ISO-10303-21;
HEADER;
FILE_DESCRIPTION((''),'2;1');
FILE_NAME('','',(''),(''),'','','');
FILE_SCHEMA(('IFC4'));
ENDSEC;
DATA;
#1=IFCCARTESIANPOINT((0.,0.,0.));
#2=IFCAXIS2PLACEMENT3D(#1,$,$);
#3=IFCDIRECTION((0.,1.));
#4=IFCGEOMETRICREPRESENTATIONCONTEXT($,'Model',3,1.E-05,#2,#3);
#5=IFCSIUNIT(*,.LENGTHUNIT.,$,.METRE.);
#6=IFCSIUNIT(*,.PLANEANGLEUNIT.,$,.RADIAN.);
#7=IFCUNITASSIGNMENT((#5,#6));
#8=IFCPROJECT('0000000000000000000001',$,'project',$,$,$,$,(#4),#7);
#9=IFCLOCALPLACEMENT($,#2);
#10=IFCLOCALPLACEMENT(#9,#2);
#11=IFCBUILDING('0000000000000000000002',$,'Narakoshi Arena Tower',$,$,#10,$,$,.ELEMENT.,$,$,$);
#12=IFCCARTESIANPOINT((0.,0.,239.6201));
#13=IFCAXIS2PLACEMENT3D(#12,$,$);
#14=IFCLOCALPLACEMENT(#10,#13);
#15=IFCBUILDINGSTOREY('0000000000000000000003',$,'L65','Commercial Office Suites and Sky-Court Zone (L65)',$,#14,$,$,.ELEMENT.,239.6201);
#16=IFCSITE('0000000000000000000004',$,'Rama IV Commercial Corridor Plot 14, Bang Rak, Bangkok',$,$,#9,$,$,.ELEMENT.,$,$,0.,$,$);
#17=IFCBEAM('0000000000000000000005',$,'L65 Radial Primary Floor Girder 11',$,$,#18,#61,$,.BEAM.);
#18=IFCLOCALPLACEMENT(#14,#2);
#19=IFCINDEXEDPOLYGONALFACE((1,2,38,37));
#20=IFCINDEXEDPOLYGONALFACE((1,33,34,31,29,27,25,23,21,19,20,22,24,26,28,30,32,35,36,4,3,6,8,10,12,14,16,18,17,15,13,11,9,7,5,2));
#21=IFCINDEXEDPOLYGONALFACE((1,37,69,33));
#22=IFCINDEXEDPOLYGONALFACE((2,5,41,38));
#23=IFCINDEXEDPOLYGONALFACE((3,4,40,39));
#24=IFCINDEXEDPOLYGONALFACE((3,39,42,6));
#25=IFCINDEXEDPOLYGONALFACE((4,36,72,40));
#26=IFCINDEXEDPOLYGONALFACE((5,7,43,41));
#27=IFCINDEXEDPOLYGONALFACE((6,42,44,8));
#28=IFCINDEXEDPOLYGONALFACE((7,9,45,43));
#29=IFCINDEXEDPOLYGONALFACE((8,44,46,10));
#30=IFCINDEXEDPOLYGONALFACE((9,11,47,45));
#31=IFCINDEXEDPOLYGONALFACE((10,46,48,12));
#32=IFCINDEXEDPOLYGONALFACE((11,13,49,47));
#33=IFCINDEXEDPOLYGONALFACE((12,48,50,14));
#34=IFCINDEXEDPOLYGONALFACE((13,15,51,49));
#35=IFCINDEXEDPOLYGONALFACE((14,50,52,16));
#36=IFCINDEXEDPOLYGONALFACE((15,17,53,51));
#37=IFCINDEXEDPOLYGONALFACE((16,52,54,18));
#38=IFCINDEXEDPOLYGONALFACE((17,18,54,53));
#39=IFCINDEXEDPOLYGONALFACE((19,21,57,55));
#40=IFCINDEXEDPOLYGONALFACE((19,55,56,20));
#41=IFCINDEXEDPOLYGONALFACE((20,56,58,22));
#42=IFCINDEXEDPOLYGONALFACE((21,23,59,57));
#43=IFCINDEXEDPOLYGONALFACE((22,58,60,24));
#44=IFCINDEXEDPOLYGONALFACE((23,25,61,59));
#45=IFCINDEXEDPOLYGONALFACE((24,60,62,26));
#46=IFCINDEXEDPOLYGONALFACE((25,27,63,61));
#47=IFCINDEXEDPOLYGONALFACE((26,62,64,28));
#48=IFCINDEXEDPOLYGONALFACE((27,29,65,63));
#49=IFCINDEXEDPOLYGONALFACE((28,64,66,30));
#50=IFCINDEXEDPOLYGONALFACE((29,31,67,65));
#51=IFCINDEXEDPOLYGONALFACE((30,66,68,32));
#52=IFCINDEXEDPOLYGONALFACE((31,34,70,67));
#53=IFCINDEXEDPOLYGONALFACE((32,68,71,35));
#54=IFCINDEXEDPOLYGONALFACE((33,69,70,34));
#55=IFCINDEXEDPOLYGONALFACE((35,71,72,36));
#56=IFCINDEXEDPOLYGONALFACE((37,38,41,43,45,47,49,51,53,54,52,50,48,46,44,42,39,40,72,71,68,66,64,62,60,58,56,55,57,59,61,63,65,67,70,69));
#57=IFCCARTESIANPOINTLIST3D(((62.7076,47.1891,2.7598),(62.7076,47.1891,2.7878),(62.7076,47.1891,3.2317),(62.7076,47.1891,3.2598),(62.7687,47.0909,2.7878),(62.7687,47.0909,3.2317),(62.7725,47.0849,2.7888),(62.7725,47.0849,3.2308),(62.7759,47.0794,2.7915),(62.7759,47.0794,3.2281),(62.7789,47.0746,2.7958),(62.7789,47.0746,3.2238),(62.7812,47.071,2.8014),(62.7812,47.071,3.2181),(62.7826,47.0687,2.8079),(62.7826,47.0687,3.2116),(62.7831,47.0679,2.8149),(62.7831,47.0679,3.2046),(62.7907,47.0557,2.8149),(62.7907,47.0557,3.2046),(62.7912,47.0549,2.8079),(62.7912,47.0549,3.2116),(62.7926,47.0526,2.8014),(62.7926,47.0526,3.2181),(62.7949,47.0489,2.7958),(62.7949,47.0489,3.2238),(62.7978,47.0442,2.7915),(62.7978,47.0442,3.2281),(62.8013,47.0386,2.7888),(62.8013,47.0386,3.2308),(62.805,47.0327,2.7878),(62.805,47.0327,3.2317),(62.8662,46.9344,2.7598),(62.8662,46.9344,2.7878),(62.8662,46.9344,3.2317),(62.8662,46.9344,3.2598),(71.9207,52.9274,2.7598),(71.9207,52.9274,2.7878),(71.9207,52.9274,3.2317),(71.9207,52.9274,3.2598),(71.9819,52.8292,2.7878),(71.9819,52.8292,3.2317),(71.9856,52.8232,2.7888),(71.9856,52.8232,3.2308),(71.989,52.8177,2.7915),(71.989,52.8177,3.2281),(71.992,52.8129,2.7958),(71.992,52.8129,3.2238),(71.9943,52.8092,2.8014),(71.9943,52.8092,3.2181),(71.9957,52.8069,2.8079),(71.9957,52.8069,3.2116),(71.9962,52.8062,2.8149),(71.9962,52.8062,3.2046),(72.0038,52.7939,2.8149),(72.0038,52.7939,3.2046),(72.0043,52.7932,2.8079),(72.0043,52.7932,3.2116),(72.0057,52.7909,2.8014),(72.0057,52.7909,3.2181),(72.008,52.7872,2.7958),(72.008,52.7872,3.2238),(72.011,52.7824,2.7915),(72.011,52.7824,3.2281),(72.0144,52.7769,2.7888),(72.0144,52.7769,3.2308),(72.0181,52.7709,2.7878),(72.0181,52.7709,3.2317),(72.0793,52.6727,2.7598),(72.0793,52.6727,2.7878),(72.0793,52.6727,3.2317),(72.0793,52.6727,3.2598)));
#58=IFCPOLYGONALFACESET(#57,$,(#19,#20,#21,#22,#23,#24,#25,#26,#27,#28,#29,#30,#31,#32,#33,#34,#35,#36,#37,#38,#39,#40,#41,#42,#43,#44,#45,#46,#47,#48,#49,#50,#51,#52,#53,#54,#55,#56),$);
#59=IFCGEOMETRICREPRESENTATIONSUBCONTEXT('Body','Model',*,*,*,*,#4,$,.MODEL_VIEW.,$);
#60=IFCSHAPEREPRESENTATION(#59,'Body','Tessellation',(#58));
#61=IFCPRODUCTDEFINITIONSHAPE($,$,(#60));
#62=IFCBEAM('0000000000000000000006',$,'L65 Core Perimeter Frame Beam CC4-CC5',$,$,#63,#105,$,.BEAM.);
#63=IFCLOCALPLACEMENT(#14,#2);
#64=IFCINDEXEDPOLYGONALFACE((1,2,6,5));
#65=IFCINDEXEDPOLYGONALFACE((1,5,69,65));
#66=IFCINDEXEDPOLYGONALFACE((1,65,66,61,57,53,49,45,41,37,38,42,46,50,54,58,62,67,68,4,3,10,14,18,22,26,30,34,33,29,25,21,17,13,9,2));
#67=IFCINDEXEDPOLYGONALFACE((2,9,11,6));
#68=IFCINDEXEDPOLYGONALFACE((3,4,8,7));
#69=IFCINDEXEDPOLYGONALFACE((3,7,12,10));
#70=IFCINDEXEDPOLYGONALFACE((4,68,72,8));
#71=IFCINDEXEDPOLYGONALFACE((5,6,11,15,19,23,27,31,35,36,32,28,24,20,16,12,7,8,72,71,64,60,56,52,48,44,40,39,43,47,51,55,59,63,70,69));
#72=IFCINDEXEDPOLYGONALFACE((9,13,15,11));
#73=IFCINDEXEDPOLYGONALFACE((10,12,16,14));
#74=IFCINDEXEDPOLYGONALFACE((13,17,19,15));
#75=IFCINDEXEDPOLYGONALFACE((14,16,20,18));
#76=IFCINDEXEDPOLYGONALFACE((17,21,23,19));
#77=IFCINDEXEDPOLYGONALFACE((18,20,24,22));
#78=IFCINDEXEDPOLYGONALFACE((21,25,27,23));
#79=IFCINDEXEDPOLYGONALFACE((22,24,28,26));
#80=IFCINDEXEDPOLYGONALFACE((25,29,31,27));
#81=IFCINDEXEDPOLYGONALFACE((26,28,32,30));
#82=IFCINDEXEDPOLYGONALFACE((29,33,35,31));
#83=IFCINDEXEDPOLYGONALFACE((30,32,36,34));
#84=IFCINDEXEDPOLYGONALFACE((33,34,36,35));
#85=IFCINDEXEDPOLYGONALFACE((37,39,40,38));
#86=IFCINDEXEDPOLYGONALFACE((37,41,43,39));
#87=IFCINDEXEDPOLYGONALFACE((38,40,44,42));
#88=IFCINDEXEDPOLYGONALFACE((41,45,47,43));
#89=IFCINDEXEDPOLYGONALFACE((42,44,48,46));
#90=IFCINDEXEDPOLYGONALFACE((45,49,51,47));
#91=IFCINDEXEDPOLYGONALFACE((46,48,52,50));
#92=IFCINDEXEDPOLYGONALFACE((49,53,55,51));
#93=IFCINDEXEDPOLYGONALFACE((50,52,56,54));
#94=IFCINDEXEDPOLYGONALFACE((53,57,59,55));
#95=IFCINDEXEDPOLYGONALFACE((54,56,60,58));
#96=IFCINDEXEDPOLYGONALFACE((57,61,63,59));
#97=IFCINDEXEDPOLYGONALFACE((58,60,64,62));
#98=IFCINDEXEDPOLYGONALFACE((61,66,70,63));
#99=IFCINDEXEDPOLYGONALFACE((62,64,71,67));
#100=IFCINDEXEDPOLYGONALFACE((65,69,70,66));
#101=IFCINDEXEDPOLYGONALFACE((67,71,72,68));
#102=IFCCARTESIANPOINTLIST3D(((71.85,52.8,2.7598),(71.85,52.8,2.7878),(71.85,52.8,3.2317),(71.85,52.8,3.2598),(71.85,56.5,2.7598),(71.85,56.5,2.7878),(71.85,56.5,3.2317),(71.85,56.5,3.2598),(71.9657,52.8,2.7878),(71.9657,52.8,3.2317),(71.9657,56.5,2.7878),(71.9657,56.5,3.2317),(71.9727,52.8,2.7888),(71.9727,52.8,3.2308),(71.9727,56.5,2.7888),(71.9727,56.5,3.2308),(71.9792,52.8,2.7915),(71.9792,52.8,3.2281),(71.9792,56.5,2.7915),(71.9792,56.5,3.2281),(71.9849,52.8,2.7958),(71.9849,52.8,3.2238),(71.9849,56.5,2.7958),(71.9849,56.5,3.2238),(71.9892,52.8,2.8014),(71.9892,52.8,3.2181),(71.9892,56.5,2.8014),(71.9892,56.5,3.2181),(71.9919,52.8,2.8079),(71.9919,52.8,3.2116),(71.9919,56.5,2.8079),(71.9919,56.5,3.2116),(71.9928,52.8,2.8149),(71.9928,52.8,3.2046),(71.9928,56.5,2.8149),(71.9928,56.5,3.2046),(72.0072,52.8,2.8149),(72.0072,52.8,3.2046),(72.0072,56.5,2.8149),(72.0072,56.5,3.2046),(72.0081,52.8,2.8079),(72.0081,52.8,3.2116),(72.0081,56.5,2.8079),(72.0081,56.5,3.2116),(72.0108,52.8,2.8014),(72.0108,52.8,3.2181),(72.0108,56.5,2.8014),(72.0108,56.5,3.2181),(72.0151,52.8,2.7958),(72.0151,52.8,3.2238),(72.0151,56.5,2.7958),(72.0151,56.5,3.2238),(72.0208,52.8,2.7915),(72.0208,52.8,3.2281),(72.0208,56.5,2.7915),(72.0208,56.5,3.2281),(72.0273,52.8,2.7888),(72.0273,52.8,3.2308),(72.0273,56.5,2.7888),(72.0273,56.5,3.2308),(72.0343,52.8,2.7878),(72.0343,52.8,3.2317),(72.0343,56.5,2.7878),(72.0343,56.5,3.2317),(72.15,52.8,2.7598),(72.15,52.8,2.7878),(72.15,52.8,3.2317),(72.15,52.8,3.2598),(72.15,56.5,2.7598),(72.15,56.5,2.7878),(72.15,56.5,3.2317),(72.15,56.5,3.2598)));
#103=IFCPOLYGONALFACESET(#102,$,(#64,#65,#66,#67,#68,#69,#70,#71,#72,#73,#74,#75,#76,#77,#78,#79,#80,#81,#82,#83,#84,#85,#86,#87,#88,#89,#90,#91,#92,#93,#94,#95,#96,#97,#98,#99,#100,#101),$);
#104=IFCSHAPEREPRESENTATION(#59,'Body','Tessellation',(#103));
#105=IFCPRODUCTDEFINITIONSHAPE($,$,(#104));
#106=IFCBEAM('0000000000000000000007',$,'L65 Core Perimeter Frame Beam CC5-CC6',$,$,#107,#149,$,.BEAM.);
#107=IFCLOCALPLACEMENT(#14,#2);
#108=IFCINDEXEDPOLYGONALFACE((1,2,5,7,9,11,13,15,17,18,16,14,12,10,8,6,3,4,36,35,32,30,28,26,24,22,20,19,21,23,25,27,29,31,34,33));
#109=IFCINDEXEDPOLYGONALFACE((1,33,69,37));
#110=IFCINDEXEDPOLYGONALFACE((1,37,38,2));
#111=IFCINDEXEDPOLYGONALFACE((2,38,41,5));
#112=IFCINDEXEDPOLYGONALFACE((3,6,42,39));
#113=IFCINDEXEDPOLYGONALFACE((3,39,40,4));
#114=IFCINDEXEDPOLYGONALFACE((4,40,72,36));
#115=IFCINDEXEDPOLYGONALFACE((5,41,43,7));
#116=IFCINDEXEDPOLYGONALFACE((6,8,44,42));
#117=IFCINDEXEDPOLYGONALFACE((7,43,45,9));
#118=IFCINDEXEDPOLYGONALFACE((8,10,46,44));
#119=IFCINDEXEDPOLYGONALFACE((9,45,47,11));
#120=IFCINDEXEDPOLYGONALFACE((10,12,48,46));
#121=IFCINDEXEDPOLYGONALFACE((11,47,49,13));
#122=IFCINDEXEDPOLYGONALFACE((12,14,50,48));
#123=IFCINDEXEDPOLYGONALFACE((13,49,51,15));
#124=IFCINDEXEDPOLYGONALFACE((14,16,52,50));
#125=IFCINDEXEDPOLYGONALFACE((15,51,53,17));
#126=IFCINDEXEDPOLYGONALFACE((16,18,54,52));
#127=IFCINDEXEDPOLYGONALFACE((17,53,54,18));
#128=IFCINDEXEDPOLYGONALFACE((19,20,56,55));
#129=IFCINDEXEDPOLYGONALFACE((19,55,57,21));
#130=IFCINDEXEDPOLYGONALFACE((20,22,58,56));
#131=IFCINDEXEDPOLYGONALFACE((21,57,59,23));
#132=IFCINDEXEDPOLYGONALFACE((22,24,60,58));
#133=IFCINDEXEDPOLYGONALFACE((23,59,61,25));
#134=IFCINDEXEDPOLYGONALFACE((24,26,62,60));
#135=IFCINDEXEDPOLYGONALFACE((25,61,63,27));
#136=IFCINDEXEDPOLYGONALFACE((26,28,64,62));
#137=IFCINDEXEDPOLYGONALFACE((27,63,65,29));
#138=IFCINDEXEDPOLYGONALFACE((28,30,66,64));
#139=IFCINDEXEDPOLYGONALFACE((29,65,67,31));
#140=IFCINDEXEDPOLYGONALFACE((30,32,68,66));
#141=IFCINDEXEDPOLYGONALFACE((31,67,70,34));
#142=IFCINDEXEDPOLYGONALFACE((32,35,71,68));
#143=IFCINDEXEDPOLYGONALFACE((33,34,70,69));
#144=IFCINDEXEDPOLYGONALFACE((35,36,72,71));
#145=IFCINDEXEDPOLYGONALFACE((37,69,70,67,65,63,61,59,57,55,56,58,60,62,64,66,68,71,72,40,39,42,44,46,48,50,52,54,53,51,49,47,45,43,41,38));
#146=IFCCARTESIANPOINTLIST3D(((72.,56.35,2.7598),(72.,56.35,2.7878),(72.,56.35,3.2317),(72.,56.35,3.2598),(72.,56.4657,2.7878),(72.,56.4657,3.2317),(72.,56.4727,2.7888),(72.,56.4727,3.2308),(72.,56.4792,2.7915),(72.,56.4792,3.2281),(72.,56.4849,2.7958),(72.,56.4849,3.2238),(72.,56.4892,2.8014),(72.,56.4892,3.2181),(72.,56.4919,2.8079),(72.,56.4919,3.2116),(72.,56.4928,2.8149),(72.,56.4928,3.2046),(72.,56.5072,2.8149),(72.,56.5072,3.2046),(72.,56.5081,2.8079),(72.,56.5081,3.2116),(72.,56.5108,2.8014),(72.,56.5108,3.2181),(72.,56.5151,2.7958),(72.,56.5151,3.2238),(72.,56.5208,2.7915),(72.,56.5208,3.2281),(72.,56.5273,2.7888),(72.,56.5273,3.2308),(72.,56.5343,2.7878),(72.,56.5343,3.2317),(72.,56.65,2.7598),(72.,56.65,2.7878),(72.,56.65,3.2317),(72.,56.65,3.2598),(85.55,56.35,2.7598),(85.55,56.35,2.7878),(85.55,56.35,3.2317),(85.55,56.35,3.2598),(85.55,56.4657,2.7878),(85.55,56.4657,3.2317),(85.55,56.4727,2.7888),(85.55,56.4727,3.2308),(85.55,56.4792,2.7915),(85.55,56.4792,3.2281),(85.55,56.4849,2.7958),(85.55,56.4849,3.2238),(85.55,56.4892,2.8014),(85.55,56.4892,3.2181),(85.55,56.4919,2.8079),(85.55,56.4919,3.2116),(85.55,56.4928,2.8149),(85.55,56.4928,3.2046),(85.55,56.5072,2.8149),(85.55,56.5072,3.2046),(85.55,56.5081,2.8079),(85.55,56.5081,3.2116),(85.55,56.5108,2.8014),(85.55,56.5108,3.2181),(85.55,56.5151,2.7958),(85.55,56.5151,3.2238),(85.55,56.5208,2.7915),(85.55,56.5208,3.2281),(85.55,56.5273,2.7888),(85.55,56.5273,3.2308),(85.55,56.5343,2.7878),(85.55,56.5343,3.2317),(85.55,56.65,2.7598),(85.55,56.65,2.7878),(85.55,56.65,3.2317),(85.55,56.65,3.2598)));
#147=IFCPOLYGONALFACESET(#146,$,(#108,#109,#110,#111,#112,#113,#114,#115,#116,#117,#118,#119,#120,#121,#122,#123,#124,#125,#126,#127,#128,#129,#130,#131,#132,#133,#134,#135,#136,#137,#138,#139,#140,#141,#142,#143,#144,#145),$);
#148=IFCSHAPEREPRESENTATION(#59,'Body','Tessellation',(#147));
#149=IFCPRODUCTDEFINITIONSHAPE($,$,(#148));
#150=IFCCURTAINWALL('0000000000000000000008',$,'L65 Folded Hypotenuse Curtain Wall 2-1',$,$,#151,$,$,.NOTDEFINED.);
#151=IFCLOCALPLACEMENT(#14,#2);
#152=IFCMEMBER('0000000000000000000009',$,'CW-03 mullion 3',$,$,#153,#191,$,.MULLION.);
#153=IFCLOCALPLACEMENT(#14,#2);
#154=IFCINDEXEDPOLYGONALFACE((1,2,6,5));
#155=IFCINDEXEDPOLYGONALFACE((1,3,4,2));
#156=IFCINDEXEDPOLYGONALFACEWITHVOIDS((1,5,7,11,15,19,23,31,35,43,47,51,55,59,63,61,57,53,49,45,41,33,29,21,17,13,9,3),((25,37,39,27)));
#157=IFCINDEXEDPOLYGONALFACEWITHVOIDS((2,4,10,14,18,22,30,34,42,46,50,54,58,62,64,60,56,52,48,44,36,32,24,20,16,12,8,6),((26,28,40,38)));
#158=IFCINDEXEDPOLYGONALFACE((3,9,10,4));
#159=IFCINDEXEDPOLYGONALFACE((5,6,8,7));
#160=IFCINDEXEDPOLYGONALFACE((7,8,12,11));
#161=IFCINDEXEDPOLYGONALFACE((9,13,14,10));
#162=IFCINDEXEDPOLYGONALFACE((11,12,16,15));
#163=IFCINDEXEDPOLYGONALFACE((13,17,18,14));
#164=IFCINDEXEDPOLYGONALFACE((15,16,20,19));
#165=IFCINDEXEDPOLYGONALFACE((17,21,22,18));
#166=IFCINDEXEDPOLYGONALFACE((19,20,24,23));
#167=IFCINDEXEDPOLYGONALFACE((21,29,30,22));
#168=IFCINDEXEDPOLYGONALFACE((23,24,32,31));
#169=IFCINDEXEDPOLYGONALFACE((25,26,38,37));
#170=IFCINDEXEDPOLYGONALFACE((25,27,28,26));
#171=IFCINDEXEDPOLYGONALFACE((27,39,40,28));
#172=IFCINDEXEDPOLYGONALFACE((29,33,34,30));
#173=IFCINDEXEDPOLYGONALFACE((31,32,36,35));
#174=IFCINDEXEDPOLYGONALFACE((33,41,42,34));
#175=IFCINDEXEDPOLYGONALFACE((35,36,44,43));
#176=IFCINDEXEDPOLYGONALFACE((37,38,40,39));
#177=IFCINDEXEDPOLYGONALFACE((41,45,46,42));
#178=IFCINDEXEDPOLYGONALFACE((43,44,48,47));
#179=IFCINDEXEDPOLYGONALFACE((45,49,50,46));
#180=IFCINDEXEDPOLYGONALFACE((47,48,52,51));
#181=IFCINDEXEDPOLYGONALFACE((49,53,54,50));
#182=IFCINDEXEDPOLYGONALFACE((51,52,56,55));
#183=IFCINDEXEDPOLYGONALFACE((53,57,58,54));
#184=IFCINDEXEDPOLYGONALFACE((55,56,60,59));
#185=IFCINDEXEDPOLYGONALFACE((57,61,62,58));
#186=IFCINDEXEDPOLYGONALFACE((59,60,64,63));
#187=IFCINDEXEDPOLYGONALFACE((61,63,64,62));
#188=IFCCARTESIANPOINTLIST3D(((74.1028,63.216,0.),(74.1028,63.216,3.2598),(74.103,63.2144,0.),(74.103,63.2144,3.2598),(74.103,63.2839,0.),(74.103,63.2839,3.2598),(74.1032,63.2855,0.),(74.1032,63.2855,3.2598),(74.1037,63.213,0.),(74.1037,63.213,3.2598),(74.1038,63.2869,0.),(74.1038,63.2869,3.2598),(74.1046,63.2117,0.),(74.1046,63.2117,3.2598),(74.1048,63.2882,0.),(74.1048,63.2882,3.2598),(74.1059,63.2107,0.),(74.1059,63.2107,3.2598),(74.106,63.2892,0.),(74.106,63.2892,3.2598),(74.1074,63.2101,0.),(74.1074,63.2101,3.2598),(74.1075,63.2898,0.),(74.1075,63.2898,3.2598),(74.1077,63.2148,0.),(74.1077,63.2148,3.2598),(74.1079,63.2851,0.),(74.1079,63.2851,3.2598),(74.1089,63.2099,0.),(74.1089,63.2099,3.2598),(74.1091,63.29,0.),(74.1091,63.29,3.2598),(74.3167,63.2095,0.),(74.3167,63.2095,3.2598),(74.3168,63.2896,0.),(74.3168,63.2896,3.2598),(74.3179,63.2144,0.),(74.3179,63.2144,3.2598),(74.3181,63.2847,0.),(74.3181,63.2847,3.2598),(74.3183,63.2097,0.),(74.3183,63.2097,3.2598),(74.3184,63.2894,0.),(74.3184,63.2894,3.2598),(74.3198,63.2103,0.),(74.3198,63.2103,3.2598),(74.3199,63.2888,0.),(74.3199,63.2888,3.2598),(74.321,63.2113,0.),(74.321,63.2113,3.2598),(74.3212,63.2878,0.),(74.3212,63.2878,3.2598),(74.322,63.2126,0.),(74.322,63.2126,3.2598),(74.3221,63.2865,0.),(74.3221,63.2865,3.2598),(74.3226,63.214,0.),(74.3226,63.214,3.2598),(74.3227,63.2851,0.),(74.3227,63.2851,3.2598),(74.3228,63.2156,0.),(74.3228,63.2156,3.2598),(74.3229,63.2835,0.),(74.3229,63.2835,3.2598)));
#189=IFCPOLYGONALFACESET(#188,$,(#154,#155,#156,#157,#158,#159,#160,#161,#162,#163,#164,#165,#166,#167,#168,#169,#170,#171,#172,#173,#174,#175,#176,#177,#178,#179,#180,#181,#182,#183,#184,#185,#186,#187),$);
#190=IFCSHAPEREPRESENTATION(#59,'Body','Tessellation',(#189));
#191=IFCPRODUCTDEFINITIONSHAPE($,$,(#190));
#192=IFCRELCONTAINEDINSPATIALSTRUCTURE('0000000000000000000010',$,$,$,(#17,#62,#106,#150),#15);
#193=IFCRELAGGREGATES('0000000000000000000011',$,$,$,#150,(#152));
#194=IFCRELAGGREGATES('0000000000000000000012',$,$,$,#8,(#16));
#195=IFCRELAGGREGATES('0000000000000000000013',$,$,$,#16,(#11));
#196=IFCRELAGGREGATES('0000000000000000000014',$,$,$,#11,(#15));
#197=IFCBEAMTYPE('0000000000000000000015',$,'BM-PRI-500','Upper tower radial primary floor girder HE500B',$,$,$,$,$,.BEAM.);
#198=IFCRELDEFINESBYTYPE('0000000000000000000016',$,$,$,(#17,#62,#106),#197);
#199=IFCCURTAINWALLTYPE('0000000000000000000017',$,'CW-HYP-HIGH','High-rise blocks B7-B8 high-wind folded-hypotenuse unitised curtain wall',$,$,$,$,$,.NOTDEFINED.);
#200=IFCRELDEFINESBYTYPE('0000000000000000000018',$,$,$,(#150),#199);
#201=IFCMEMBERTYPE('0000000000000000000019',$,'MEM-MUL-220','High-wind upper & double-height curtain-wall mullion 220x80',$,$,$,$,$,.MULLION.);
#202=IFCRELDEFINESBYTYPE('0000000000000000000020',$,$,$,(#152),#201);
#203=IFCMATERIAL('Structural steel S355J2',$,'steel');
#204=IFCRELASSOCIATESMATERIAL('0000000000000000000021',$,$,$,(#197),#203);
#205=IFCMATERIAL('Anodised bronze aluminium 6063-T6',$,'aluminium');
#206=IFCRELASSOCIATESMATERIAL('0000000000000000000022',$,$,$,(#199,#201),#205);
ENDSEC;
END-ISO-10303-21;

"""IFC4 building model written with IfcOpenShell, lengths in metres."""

from ifc_helpers import new_model, si_unit, direction, frame, origin, origin_2d, place, context, subcontext, project, spatial, hollow_rectangle, i_section, extrude, material, material_profile, profile_set, type_object, element, aggregate, save


model = new_model("IFC4")

# Units and contexts
model_context = context("Model", 3, precision=1e-05, world=origin(), true_north=direction((0.0, 1.0)))
body_context = subcontext(model_context, "Body", "Model", "MODEL_VIEW")
ifc_project = project(units=[si_unit("LENGTHUNIT", "METRE"), si_unit("PLANEANGLEUNIT", "RADIAN")], contexts=[model_context])

# Site, building, storey
site_placement = place(None, origin())
site = spatial("IfcSite", under=ifc_project, at=site_placement, Name="Rama IV Commercial Corridor Plot 14, Bang Rak, Bangkok", CompositionType="ELEMENT", RefElevation=0.0)
building_placement = place(site_placement, origin())
building = spatial("IfcBuilding", under=site, at=building_placement, Name="Narakoshi Arena Tower", CompositionType="ELEMENT")
storey_placement = place(building_placement, frame((0.0, 0.0, 239.6201)))
storey = spatial("IfcBuildingStorey", under=building, at=storey_placement, Name="L65", Description="Commercial Office Suites and Sky-Court Zone (L65)", CompositionType="ELEMENT", Elevation=239.6201)

# Beams
ifc_material_1 = material(Name="Structural steel S355J2", Category="steel")
ifc_material_profile_1 = material_profile(ifc_material_1, i_section(OverallWidth=0.3, OverallDepth=0.5, WebThickness=0.0144, FlangeThickness=0.0281, FilletRadius=0.0271, at=origin_2d()), Name="HE500B")
ifc_profile_set_1 = profile_set([ifc_material_profile_1], Name="Structural steel S355J2")
beam_type = type_object("IfcBeamType", Name="BM-PRI-500", Description="Upper tower radial primary floor girder HE500B", PredefinedType="BEAM", material=ifc_profile_set_1)
beam_1_placement = place(storey_placement, frame((72.0, 52.8, 3.0098), z_axis=(-0.848822, -0.528678, 0.0), x_axis=(0.528678, -0.848822, 0.0)))
element("IfcBeam", 1, at=beam_1_placement, inside=storey, type_object=beam_type, Name="L65 Radial Primary Floor Girder 11", PredefinedType="BEAM", context=body_context, shape_type="SweptSolid", body=[
    extrude(i_section(OverallWidth=0.3, OverallDepth=0.5, WebThickness=0.0144, FlangeThickness=0.0281, FilletRadius=0.0271, at=origin_2d()), origin(), (0.0, 0.0, 1.0), 10.854),
])
beam_2_placement = place(storey_placement, frame((72.0, 52.8, 3.0098), z_axis=(0.0, 1.0, 0.0), x_axis=(-1.0, 0.0, 0.0)))
element("IfcBeam", 2, at=beam_2_placement, inside=storey, type_object=beam_type, Name="L65 Core Perimeter Frame Beam CC4-CC5", PredefinedType="BEAM", context=body_context, shape_type="SweptSolid", body=[
    extrude(i_section(OverallWidth=0.3, OverallDepth=0.5, WebThickness=0.0144, FlangeThickness=0.0281, FilletRadius=0.0271, at=origin_2d()), origin(), (0.0, 0.0, 1.0), 3.7),
])
beam_3_placement = place(storey_placement, frame((72.0, 56.5, 3.0098), z_axis=(1.0, 0.0, 0.0), x_axis=(0.0, 1.0, 0.0)))
element("IfcBeam", 3, at=beam_3_placement, inside=storey, type_object=beam_type, Name="L65 Core Perimeter Frame Beam CC5-CC6", PredefinedType="BEAM", context=body_context, shape_type="SweptSolid", body=[
    extrude(i_section(OverallWidth=0.3, OverallDepth=0.5, WebThickness=0.0144, FlangeThickness=0.0281, FilletRadius=0.0271, at=origin_2d()), origin(), (0.0, 0.0, 1.0), 13.55),
])

# Curtain wall, member
ifc_material_2 = material(Name="Anodised bronze aluminium 6063-T6", Category="aluminium")
curtain_wall_type = type_object("IfcCurtainWallType", Name="CW-HYP-HIGH", Description="High-rise blocks B7-B8 high-wind folded-hypotenuse unitised curtain wall", PredefinedType="NOTDEFINED", material=ifc_material_2)
curtain_wall_placement = place(storey_placement, origin())
curtain_wall = element("IfcCurtainWall", 4, at=curtain_wall_placement, inside=storey, type_object=curtain_wall_type, Name="L65 Folded Hypotenuse Curtain Wall 2-1", PredefinedType="NOTDEFINED")
ifc_material_profile_2 = material_profile(ifc_material_2, hollow_rectangle(XDim=0.0801, YDim=0.22, WallThickness=0.0049, OuterFilletRadius=0.0061, at=origin_2d()), Name="MUL220x80x5")
ifc_profile_set_2 = profile_set([ifc_material_profile_2], Name="Anodised bronze aluminium 6063-T6")
member_type_1 = type_object("IfcMemberType", Name="MEM-MUL-220", Description="High-wind upper & double-height curtain-wall mullion 220x80", PredefinedType="MULLION", material=ifc_profile_set_2)
member_1_placement = place(storey_placement, frame((74.2129, 63.2498, 0.0), z_axis=(0.0, 0.0, 1.0), x_axis=(-0.00182, -0.999998, 0.0)))
member_1 = element("IfcMember", 5, at=member_1_placement, type_object=member_type_1, Name="CW-03 mullion 3", PredefinedType="MULLION", context=body_context, shape_type="SweptSolid", body=[
    extrude(hollow_rectangle(XDim=0.0801, YDim=0.22, WallThickness=0.0049, OuterFilletRadius=0.0061, at=origin_2d()), origin(), (0.0, 0.0, 1.0), 3.2598),
])
aggregate(curtain_wall, [member_1])

save(model, "model.ifc")
